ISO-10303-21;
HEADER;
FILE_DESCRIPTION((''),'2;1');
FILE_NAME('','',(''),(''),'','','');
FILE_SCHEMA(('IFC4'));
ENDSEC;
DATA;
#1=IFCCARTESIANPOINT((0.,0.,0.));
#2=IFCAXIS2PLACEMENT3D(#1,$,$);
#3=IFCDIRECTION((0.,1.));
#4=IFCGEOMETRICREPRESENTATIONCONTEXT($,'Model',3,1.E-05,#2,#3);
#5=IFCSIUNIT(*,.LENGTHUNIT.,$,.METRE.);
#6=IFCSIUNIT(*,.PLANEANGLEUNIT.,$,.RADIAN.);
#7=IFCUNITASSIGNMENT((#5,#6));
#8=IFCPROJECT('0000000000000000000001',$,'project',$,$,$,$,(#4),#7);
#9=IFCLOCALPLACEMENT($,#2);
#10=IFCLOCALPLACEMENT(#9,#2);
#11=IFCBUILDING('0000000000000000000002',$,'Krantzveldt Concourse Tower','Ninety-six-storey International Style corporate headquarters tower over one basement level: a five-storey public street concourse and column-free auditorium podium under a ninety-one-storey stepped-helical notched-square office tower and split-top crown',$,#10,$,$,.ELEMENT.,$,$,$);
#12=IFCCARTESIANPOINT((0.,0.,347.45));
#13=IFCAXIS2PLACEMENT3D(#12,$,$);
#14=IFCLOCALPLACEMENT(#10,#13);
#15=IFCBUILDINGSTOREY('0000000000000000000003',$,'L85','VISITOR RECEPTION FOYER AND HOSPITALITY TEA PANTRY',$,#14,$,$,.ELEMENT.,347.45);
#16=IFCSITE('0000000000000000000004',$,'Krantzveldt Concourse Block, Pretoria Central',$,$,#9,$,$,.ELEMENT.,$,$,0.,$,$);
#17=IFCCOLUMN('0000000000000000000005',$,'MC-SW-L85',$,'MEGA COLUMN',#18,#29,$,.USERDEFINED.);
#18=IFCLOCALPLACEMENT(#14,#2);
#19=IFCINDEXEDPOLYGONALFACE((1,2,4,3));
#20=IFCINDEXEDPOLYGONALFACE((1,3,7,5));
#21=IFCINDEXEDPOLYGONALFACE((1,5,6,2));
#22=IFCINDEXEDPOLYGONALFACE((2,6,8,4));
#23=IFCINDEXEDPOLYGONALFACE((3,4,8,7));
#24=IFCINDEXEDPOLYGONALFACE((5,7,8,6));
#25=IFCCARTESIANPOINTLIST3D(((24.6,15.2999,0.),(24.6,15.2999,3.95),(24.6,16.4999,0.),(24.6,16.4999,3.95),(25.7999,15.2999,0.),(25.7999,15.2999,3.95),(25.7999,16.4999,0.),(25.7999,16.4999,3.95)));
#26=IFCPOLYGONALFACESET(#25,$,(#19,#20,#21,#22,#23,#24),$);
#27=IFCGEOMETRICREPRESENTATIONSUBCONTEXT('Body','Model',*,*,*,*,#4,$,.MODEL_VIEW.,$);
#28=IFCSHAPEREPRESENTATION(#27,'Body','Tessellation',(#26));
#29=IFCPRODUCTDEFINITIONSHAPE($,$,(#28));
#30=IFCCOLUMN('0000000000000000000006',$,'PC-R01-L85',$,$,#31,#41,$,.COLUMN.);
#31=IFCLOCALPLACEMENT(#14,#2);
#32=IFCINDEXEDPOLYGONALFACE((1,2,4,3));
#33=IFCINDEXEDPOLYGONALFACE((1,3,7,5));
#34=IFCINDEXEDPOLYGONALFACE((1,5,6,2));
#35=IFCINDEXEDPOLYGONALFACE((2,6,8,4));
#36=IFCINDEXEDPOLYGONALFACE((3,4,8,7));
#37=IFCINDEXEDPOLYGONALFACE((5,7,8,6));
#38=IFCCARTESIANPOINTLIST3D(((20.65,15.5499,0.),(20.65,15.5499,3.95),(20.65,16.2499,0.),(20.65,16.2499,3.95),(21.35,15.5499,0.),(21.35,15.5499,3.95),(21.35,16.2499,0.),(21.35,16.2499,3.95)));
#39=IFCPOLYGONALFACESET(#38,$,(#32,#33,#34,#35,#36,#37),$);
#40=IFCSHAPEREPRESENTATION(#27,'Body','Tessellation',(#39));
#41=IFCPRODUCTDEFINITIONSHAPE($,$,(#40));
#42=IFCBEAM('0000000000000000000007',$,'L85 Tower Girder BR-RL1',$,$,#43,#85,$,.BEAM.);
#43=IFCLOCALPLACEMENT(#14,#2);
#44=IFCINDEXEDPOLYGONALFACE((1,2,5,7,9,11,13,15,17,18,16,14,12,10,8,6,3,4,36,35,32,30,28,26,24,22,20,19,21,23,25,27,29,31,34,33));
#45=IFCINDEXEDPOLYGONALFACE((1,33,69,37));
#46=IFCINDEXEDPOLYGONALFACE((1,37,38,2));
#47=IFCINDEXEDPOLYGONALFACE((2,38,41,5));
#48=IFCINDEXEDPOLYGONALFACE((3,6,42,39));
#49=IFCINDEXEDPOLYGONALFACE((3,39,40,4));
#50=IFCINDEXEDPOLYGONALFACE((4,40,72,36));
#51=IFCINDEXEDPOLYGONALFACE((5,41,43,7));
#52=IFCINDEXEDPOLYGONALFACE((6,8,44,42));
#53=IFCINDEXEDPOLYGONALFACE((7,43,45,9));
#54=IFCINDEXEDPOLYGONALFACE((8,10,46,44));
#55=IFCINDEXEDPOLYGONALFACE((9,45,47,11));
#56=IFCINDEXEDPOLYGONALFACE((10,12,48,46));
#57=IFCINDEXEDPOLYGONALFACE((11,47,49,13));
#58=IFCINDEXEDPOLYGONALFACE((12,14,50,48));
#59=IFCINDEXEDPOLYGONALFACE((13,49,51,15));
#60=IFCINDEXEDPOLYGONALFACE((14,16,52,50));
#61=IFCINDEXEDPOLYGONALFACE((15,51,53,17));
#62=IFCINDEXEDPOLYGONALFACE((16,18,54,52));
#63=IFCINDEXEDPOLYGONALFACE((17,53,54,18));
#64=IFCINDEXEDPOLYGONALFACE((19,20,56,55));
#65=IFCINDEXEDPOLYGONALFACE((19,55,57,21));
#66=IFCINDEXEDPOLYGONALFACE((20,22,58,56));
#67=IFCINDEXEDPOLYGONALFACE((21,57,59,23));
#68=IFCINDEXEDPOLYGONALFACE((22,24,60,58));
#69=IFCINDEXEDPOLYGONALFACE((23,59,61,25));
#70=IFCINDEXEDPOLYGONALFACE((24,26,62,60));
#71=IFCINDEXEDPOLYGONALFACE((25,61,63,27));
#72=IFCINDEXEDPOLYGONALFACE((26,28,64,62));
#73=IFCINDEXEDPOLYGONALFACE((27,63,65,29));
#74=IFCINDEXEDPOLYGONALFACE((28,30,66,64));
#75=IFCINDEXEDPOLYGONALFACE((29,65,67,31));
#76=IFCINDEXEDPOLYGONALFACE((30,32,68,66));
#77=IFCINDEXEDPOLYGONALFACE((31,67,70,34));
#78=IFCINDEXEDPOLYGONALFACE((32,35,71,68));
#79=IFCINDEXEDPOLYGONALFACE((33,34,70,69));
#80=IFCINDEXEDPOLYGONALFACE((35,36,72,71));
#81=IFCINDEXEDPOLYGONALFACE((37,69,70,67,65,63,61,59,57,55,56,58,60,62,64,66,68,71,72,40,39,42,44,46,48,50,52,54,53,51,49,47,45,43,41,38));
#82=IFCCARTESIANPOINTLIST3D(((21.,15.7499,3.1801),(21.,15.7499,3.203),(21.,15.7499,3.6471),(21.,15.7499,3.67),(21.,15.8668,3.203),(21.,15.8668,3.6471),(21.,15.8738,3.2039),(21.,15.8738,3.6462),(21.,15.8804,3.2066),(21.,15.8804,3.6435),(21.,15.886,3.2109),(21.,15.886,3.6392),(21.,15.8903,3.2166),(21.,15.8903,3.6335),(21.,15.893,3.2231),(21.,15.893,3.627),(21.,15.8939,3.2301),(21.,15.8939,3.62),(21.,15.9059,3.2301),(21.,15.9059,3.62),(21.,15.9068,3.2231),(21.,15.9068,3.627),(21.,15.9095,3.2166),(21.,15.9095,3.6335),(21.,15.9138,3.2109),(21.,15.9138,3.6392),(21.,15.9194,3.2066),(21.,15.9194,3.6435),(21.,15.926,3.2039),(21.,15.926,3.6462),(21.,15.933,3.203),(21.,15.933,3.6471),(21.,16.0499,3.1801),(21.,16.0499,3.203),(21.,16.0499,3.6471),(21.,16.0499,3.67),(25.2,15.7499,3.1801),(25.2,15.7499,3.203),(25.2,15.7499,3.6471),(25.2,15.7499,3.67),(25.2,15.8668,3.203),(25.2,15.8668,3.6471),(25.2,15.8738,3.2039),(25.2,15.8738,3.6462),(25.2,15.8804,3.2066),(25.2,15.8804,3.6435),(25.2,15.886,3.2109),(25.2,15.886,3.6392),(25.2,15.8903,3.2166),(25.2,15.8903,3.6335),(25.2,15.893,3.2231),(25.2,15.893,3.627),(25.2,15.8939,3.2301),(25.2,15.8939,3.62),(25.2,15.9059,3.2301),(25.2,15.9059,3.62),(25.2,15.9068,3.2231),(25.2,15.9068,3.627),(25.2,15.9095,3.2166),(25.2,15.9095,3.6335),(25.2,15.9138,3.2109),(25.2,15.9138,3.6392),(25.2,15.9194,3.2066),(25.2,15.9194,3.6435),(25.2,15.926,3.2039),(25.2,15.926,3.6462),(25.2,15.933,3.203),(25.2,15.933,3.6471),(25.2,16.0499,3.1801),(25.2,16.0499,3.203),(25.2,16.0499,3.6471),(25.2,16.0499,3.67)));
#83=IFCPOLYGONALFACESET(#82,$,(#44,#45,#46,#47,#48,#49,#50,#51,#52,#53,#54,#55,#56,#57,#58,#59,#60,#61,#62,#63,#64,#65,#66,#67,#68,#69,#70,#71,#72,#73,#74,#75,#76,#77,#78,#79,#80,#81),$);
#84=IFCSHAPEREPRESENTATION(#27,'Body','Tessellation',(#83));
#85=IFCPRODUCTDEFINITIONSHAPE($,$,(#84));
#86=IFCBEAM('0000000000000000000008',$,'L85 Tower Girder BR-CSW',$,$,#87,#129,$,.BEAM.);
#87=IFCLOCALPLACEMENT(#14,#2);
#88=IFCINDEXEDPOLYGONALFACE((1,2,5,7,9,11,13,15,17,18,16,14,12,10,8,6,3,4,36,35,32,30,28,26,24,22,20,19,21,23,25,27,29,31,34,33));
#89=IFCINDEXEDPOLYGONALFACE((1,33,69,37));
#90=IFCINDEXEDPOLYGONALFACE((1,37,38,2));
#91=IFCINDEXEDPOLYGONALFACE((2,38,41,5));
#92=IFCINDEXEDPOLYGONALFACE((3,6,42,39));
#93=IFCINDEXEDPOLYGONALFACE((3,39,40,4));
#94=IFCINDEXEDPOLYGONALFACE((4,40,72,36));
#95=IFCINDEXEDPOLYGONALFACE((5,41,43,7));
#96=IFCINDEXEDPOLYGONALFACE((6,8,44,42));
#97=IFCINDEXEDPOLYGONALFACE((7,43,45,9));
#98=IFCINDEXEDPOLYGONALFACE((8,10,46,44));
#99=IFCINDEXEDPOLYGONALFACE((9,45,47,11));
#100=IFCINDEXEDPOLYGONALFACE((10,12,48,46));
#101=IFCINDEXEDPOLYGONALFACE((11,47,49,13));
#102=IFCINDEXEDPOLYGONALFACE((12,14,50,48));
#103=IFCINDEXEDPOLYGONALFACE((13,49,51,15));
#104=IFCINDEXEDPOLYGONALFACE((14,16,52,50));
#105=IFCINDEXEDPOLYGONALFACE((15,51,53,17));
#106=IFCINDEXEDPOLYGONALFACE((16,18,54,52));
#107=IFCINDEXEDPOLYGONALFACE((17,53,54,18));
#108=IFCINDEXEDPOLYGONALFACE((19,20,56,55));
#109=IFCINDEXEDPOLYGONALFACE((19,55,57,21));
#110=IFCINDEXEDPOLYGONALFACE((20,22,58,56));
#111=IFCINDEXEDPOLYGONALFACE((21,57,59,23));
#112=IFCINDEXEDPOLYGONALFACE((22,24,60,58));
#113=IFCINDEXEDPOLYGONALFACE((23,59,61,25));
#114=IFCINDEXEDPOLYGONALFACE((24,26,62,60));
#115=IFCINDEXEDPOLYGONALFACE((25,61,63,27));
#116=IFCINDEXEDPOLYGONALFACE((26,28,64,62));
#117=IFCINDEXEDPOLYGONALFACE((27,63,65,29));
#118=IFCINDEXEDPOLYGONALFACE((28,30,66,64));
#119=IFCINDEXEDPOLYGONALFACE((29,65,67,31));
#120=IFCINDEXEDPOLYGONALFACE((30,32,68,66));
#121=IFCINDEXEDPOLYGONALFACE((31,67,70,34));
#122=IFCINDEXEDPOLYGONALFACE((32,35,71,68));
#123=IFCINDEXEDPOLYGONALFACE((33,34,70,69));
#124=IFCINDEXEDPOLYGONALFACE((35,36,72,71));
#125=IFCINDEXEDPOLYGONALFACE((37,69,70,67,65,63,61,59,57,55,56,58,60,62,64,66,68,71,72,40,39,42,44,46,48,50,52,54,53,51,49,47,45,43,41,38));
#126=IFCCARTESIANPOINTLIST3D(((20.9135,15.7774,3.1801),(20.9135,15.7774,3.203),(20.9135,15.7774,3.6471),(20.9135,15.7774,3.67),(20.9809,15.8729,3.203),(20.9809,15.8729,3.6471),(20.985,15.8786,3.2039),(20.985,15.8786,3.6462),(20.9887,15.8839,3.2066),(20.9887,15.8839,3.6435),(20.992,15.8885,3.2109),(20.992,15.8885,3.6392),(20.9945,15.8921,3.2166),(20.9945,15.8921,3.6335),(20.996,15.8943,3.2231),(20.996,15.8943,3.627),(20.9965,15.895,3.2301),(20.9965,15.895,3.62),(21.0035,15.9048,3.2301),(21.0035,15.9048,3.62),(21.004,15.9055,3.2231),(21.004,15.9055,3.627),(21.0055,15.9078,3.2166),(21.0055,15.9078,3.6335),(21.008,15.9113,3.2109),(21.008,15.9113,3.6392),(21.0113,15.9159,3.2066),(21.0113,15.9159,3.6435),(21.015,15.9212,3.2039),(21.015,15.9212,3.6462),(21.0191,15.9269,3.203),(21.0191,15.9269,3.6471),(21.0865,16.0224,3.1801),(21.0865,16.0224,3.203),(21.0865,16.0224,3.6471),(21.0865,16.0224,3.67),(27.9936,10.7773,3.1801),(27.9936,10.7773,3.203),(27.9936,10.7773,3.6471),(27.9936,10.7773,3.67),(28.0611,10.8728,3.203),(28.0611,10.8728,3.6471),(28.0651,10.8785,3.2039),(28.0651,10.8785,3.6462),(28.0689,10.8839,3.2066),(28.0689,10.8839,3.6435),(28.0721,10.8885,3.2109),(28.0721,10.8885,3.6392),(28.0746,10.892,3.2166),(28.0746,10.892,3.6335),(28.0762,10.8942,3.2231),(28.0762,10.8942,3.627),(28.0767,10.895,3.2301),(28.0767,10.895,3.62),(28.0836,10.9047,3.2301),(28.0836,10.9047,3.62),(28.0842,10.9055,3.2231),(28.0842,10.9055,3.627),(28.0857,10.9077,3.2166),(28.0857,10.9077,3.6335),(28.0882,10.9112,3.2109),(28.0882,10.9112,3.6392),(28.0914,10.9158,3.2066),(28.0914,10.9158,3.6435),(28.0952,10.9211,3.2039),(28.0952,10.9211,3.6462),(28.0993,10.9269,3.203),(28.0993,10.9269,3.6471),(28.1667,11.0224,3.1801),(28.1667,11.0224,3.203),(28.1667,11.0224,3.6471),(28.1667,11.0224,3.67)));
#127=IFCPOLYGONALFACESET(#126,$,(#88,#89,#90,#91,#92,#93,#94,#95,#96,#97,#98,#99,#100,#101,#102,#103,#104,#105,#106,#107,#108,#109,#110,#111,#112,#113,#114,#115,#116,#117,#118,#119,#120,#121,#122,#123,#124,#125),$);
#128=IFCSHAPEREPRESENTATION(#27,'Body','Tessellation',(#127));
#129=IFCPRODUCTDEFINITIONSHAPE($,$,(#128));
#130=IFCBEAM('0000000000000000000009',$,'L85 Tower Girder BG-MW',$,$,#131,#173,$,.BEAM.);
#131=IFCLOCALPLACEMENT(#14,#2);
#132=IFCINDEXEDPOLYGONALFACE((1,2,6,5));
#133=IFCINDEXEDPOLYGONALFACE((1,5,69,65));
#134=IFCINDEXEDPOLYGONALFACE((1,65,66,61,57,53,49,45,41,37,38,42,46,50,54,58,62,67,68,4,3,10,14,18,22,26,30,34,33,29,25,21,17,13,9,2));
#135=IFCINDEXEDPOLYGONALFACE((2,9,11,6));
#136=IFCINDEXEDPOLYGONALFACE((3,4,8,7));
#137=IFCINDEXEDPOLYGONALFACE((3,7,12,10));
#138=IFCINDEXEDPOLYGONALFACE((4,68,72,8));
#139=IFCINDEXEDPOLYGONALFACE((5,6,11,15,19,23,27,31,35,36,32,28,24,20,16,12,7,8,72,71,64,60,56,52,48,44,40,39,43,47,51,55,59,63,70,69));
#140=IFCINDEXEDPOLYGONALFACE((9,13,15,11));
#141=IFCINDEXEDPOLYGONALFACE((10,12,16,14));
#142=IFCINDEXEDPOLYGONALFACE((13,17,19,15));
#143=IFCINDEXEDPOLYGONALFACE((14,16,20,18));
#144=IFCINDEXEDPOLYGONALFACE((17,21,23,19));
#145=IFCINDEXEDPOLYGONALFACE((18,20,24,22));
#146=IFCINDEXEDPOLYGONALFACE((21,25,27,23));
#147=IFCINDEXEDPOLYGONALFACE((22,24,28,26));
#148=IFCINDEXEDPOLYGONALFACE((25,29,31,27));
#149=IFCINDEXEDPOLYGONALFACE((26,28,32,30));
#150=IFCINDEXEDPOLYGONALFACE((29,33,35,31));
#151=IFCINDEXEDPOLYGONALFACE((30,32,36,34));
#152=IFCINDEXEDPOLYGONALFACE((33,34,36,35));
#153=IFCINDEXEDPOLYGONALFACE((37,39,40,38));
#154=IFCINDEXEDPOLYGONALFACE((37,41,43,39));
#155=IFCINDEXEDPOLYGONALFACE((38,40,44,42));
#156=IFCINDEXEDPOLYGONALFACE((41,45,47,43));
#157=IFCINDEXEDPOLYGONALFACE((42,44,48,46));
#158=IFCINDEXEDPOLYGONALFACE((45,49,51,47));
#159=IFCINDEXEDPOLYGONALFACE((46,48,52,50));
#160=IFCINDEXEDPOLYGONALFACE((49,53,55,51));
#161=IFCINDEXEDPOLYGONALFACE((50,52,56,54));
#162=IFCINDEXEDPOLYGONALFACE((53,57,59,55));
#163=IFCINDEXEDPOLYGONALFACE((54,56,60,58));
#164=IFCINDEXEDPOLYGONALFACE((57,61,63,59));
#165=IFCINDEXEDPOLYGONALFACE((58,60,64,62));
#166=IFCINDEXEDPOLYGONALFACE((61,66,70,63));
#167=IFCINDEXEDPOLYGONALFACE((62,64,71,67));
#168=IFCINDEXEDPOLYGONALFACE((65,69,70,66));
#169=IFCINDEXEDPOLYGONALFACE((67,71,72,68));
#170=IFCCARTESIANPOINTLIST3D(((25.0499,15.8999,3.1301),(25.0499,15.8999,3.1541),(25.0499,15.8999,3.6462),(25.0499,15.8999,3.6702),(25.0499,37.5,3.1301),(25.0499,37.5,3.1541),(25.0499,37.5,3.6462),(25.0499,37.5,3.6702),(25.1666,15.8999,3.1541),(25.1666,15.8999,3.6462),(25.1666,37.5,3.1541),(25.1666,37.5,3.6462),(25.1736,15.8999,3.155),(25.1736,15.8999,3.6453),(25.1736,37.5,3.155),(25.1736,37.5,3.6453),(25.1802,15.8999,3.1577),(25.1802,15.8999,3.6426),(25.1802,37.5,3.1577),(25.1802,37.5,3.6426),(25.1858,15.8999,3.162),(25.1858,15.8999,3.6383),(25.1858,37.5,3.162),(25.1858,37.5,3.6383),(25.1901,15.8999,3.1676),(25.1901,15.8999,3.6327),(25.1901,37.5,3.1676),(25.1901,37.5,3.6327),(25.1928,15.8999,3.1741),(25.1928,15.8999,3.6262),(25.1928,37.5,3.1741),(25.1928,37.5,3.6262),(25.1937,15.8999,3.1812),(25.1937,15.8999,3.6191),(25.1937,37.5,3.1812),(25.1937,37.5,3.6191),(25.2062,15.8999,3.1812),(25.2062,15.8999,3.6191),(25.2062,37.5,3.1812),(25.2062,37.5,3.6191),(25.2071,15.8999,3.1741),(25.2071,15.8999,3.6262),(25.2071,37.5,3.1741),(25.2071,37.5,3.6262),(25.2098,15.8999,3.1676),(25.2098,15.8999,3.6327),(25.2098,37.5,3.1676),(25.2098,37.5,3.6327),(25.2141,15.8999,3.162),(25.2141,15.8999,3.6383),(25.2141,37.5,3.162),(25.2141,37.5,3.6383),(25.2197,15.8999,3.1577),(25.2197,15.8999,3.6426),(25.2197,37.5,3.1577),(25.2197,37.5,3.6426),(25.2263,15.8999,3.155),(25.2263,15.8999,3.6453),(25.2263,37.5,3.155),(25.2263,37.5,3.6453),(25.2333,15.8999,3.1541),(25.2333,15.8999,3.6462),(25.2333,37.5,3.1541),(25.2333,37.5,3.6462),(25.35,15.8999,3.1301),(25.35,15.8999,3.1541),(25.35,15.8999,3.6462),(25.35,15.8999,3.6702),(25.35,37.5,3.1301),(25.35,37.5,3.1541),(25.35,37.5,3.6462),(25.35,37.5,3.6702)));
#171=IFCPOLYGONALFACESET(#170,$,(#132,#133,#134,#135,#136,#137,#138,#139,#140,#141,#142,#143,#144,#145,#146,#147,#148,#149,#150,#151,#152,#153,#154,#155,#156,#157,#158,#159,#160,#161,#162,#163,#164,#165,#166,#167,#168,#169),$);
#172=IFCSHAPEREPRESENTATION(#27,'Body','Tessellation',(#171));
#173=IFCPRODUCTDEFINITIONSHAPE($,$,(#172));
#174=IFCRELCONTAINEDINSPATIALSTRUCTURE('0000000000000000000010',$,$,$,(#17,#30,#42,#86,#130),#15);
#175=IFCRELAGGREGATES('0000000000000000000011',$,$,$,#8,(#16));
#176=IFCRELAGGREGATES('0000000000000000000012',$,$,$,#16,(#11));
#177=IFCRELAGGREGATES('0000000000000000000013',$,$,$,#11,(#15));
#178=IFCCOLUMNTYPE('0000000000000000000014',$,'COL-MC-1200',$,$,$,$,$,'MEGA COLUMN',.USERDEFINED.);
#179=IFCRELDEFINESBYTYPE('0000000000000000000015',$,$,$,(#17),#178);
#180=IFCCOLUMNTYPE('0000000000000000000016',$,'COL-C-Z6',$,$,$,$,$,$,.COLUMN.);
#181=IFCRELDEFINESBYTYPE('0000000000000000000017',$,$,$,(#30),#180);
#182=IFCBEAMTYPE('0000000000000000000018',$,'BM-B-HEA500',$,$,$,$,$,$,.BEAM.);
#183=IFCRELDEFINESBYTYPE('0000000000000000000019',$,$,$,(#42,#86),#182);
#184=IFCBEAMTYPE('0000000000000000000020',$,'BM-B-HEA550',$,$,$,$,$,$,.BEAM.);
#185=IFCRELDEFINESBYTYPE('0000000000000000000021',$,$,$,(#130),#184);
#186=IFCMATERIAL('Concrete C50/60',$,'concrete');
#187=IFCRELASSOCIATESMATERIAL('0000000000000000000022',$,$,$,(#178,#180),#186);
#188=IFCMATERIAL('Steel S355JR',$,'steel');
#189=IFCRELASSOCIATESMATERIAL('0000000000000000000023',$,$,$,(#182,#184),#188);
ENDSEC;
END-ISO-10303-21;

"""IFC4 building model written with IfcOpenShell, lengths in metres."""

from ifc_helpers import new_model, si_unit, direction, frame, origin, origin_2d, place, context, subcontext, project, spatial, rectangle, i_section, extrude, source, transform, mapped, material, material_profile, profile_set, type_object, type_shapes, element, save


model = new_model("IFC4")

# Units and contexts
model_context = context("Model", 3, precision=1e-05, world=origin(), true_north=direction((0.0, 1.0)))
body_context = subcontext(model_context, "Body", "Model", "MODEL_VIEW")
ifc_project = project(units=[si_unit("LENGTHUNIT", "METRE"), si_unit("PLANEANGLEUNIT", "RADIAN")], contexts=[model_context])

# Site, building, storey
site_placement = place(None, origin())
site = spatial("IfcSite", under=ifc_project, at=site_placement, Name="Krantzveldt Concourse Block, Pretoria Central", CompositionType="ELEMENT", RefElevation=0.0)
building_placement = place(site_placement, origin())
building = spatial("IfcBuilding", under=site, at=building_placement, Name="Krantzveldt Concourse Tower", Description="Ninety-six-storey International Style corporate headquarters tower over one basement level: a five-storey public street concourse and column-free auditorium podium under a ninety-one-storey stepped-helical notched-square office tower and split-top crown", CompositionType="ELEMENT")
storey_placement = place(building_placement, frame((0.0, 0.0, 347.45)))
storey = spatial("IfcBuildingStorey", under=building, at=storey_placement, Name="L85", Description="VISITOR RECEPTION FOYER AND HOSPITALITY TEA PANTRY", CompositionType="ELEMENT", Elevation=347.45)

# Columns
ifc_material_1 = material(Name="Concrete C50/60", Category="concrete")
ifc_material_profile_1 = material_profile(ifc_material_1, rectangle(XDim=1.2, YDim=1.2, at=origin_2d()), Name="Concrete C50/60", Category="concrete")
ifc_profile_set_1 = profile_set([ifc_material_profile_1], Name="Concrete C50/60 - RC 1200x1200")
column_type_1 = type_object("IfcColumnType", Name="COL-MC-1200", ElementType="MEGA COLUMN", PredefinedType="USERDEFINED", material=ifc_profile_set_1)
shared_shape_1 = source(origin(), body_context, "Body", "SweptSolid", [
    extrude(rectangle(XDim=1.2, YDim=1.2, at=origin_2d()), origin(), (0.0, 0.0, 1.0), 3.95),
])
type_shapes(column_type_1, [shared_shape_1])
column_1_placement = place(storey_placement, frame((25.2, 15.8999, 0.0), z_axis=(0.0, 0.0, 1.0), x_axis=(1.0, 0.0, 0.0)))
element("IfcColumn", 1, at=column_1_placement, inside=storey, type_object=column_type_1, Name="MC-SW-L85", ObjectType="MEGA COLUMN", PredefinedType="USERDEFINED", context=body_context, shape_type="MappedRepresentation", body=[
    mapped(shared_shape_1, transform((0.0, 0.0, 0.0), x_axis=(1.0, 0.0, 0.0), y_axis=(0.0, 1.0, 0.0), z_axis=(0.0, 0.0, 1.0), scale=1.0)),
])
ifc_material_profile_2 = material_profile(ifc_material_1, rectangle(XDim=0.7, YDim=0.7, at=origin_2d()), Name="Concrete C50/60", Category="concrete")
ifc_profile_set_2 = profile_set([ifc_material_profile_2], Name="Concrete C50/60 - RC 700x700")
column_type_2 = type_object("IfcColumnType", Name="COL-C-Z6", PredefinedType="COLUMN", material=ifc_profile_set_2)
shared_shape_2 = source(origin(), body_context, "Body", "SweptSolid", [
    extrude(rectangle(XDim=0.7, YDim=0.7, at=origin_2d()), origin(), (0.0, 0.0, 1.0), 3.95),
])
type_shapes(column_type_2, [shared_shape_2])
column_2_placement = place(storey_placement, frame((21.0, 15.8999, 0.0), z_axis=(0.0, 0.0, 1.0), x_axis=(1.0, 0.0, 0.0)))
element("IfcColumn", 2, at=column_2_placement, inside=storey, type_object=column_type_2, Name="PC-R01-L85", PredefinedType="COLUMN", context=body_context, shape_type="MappedRepresentation", body=[
    mapped(shared_shape_2, transform((0.0, 0.0, 0.0), x_axis=(1.0, 0.0, 0.0), y_axis=(0.0, 1.0, 0.0), z_axis=(0.0, 0.0, 1.0), scale=1.0)),
])

# Beams
ifc_material_2 = material(Name="Steel S355JR", Category="steel")
ifc_material_profile_3 = material_profile(ifc_material_2, i_section(OverallWidth=0.3, OverallDepth=0.49, WebThickness=0.012, FlangeThickness=0.0229, FilletRadius=0.0271, at=origin_2d()), Name="Steel S355JR", Category="steel")
ifc_profile_set_3 = profile_set([ifc_material_profile_3], Name="Steel S355JR - HEA 500")
beam_type_1 = type_object("IfcBeamType", Name="BM-B-HEA500", PredefinedType="BEAM", material=ifc_profile_set_3)
shared_shape_3 = source(origin(), body_context, "Body", "SweptSolid", [
    extrude(i_section(OverallWidth=0.3, OverallDepth=0.49, WebThickness=0.012, FlangeThickness=0.0229, FilletRadius=0.0271, at=origin_2d()), origin(), (0.0, 0.0, 1.0), 4.2),
])
beam_1_placement = place(storey_placement, frame((21.0, 15.8999, 3.425), z_axis=(1.0, 0.0, 0.0), x_axis=(0.0, 1.0, 0.0)))
element("IfcBeam", 3, at=beam_1_placement, inside=storey, type_object=beam_type_1, Name="L85 Tower Girder BR-RL1", PredefinedType="BEAM", context=body_context, shape_type="MappedRepresentation", body=[
    mapped(shared_shape_3, transform((0.0, 0.0, 0.0), x_axis=(1.0, 0.0, 0.0), y_axis=(0.0, 1.0, 0.0), z_axis=(0.0, 0.0, 1.0), scale=1.0)),
])
shared_shape_4 = source(origin(), body_context, "Body", "SweptSolid", [
    extrude(i_section(OverallWidth=0.3, OverallDepth=0.49, WebThickness=0.012, FlangeThickness=0.0229, FilletRadius=0.0271, at=origin_2d()), origin(), (0.0, 0.0, 1.0), 8.6677),
])
type_shapes(beam_type_1, [shared_shape_3, shared_shape_4])
beam_2_placement = place(storey_placement, frame((21.0, 15.8999, 3.425), z_axis=(0.816843, -0.57686, 0.0), x_axis=(0.57686, 0.816843, 0.0)))
element("IfcBeam", 4, at=beam_2_placement, inside=storey, type_object=beam_type_1, Name="L85 Tower Girder BR-CSW", PredefinedType="BEAM", context=body_context, shape_type="MappedRepresentation", body=[
    mapped(shared_shape_4, transform((0.0, 0.0, 0.0), x_axis=(1.0, 0.0, 0.0), y_axis=(0.0, 1.0, 0.0), z_axis=(0.0, 0.0, 1.0), scale=1.0)),
])
ifc_material_profile_4 = material_profile(ifc_material_2, i_section(OverallWidth=0.3, OverallDepth=0.54, WebThickness=0.0125, FlangeThickness=0.0239, FilletRadius=0.0271, at=origin_2d()), Name="Steel S355JR", Category="steel")
ifc_profile_set_4 = profile_set([ifc_material_profile_4], Name="Steel S355JR - HEA 550")
beam_type_2 = type_object("IfcBeamType", Name="BM-B-HEA550", PredefinedType="BEAM", material=ifc_profile_set_4)
shared_shape_5 = source(origin(), body_context, "Body", "SweptSolid", [
    extrude(i_section(OverallWidth=0.3, OverallDepth=0.54, WebThickness=0.0125, FlangeThickness=0.0239, FilletRadius=0.0271, at=origin_2d()), origin(), (0.0, 0.0, 1.0), 21.6001),
])
beam_3_placement = place(storey_placement, frame((25.2, 15.8999, 3.4001), z_axis=(0.0, 1.0, 0.0), x_axis=(-1.0, 0.0, 0.0)))
element("IfcBeam", 5, at=beam_3_placement, inside=storey, type_object=beam_type_2, Name="L85 Tower Girder BG-MW", PredefinedType="BEAM", context=body_context, shape_type="MappedRepresentation", body=[
    mapped(shared_shape_5, transform((0.0, 0.0, 0.0), x_axis=(1.0, 0.0, 0.0), y_axis=(0.0, 1.0, 0.0), z_axis=(0.0, 0.0, 1.0), scale=1.0)),
])

save(model, "model.ifc")
